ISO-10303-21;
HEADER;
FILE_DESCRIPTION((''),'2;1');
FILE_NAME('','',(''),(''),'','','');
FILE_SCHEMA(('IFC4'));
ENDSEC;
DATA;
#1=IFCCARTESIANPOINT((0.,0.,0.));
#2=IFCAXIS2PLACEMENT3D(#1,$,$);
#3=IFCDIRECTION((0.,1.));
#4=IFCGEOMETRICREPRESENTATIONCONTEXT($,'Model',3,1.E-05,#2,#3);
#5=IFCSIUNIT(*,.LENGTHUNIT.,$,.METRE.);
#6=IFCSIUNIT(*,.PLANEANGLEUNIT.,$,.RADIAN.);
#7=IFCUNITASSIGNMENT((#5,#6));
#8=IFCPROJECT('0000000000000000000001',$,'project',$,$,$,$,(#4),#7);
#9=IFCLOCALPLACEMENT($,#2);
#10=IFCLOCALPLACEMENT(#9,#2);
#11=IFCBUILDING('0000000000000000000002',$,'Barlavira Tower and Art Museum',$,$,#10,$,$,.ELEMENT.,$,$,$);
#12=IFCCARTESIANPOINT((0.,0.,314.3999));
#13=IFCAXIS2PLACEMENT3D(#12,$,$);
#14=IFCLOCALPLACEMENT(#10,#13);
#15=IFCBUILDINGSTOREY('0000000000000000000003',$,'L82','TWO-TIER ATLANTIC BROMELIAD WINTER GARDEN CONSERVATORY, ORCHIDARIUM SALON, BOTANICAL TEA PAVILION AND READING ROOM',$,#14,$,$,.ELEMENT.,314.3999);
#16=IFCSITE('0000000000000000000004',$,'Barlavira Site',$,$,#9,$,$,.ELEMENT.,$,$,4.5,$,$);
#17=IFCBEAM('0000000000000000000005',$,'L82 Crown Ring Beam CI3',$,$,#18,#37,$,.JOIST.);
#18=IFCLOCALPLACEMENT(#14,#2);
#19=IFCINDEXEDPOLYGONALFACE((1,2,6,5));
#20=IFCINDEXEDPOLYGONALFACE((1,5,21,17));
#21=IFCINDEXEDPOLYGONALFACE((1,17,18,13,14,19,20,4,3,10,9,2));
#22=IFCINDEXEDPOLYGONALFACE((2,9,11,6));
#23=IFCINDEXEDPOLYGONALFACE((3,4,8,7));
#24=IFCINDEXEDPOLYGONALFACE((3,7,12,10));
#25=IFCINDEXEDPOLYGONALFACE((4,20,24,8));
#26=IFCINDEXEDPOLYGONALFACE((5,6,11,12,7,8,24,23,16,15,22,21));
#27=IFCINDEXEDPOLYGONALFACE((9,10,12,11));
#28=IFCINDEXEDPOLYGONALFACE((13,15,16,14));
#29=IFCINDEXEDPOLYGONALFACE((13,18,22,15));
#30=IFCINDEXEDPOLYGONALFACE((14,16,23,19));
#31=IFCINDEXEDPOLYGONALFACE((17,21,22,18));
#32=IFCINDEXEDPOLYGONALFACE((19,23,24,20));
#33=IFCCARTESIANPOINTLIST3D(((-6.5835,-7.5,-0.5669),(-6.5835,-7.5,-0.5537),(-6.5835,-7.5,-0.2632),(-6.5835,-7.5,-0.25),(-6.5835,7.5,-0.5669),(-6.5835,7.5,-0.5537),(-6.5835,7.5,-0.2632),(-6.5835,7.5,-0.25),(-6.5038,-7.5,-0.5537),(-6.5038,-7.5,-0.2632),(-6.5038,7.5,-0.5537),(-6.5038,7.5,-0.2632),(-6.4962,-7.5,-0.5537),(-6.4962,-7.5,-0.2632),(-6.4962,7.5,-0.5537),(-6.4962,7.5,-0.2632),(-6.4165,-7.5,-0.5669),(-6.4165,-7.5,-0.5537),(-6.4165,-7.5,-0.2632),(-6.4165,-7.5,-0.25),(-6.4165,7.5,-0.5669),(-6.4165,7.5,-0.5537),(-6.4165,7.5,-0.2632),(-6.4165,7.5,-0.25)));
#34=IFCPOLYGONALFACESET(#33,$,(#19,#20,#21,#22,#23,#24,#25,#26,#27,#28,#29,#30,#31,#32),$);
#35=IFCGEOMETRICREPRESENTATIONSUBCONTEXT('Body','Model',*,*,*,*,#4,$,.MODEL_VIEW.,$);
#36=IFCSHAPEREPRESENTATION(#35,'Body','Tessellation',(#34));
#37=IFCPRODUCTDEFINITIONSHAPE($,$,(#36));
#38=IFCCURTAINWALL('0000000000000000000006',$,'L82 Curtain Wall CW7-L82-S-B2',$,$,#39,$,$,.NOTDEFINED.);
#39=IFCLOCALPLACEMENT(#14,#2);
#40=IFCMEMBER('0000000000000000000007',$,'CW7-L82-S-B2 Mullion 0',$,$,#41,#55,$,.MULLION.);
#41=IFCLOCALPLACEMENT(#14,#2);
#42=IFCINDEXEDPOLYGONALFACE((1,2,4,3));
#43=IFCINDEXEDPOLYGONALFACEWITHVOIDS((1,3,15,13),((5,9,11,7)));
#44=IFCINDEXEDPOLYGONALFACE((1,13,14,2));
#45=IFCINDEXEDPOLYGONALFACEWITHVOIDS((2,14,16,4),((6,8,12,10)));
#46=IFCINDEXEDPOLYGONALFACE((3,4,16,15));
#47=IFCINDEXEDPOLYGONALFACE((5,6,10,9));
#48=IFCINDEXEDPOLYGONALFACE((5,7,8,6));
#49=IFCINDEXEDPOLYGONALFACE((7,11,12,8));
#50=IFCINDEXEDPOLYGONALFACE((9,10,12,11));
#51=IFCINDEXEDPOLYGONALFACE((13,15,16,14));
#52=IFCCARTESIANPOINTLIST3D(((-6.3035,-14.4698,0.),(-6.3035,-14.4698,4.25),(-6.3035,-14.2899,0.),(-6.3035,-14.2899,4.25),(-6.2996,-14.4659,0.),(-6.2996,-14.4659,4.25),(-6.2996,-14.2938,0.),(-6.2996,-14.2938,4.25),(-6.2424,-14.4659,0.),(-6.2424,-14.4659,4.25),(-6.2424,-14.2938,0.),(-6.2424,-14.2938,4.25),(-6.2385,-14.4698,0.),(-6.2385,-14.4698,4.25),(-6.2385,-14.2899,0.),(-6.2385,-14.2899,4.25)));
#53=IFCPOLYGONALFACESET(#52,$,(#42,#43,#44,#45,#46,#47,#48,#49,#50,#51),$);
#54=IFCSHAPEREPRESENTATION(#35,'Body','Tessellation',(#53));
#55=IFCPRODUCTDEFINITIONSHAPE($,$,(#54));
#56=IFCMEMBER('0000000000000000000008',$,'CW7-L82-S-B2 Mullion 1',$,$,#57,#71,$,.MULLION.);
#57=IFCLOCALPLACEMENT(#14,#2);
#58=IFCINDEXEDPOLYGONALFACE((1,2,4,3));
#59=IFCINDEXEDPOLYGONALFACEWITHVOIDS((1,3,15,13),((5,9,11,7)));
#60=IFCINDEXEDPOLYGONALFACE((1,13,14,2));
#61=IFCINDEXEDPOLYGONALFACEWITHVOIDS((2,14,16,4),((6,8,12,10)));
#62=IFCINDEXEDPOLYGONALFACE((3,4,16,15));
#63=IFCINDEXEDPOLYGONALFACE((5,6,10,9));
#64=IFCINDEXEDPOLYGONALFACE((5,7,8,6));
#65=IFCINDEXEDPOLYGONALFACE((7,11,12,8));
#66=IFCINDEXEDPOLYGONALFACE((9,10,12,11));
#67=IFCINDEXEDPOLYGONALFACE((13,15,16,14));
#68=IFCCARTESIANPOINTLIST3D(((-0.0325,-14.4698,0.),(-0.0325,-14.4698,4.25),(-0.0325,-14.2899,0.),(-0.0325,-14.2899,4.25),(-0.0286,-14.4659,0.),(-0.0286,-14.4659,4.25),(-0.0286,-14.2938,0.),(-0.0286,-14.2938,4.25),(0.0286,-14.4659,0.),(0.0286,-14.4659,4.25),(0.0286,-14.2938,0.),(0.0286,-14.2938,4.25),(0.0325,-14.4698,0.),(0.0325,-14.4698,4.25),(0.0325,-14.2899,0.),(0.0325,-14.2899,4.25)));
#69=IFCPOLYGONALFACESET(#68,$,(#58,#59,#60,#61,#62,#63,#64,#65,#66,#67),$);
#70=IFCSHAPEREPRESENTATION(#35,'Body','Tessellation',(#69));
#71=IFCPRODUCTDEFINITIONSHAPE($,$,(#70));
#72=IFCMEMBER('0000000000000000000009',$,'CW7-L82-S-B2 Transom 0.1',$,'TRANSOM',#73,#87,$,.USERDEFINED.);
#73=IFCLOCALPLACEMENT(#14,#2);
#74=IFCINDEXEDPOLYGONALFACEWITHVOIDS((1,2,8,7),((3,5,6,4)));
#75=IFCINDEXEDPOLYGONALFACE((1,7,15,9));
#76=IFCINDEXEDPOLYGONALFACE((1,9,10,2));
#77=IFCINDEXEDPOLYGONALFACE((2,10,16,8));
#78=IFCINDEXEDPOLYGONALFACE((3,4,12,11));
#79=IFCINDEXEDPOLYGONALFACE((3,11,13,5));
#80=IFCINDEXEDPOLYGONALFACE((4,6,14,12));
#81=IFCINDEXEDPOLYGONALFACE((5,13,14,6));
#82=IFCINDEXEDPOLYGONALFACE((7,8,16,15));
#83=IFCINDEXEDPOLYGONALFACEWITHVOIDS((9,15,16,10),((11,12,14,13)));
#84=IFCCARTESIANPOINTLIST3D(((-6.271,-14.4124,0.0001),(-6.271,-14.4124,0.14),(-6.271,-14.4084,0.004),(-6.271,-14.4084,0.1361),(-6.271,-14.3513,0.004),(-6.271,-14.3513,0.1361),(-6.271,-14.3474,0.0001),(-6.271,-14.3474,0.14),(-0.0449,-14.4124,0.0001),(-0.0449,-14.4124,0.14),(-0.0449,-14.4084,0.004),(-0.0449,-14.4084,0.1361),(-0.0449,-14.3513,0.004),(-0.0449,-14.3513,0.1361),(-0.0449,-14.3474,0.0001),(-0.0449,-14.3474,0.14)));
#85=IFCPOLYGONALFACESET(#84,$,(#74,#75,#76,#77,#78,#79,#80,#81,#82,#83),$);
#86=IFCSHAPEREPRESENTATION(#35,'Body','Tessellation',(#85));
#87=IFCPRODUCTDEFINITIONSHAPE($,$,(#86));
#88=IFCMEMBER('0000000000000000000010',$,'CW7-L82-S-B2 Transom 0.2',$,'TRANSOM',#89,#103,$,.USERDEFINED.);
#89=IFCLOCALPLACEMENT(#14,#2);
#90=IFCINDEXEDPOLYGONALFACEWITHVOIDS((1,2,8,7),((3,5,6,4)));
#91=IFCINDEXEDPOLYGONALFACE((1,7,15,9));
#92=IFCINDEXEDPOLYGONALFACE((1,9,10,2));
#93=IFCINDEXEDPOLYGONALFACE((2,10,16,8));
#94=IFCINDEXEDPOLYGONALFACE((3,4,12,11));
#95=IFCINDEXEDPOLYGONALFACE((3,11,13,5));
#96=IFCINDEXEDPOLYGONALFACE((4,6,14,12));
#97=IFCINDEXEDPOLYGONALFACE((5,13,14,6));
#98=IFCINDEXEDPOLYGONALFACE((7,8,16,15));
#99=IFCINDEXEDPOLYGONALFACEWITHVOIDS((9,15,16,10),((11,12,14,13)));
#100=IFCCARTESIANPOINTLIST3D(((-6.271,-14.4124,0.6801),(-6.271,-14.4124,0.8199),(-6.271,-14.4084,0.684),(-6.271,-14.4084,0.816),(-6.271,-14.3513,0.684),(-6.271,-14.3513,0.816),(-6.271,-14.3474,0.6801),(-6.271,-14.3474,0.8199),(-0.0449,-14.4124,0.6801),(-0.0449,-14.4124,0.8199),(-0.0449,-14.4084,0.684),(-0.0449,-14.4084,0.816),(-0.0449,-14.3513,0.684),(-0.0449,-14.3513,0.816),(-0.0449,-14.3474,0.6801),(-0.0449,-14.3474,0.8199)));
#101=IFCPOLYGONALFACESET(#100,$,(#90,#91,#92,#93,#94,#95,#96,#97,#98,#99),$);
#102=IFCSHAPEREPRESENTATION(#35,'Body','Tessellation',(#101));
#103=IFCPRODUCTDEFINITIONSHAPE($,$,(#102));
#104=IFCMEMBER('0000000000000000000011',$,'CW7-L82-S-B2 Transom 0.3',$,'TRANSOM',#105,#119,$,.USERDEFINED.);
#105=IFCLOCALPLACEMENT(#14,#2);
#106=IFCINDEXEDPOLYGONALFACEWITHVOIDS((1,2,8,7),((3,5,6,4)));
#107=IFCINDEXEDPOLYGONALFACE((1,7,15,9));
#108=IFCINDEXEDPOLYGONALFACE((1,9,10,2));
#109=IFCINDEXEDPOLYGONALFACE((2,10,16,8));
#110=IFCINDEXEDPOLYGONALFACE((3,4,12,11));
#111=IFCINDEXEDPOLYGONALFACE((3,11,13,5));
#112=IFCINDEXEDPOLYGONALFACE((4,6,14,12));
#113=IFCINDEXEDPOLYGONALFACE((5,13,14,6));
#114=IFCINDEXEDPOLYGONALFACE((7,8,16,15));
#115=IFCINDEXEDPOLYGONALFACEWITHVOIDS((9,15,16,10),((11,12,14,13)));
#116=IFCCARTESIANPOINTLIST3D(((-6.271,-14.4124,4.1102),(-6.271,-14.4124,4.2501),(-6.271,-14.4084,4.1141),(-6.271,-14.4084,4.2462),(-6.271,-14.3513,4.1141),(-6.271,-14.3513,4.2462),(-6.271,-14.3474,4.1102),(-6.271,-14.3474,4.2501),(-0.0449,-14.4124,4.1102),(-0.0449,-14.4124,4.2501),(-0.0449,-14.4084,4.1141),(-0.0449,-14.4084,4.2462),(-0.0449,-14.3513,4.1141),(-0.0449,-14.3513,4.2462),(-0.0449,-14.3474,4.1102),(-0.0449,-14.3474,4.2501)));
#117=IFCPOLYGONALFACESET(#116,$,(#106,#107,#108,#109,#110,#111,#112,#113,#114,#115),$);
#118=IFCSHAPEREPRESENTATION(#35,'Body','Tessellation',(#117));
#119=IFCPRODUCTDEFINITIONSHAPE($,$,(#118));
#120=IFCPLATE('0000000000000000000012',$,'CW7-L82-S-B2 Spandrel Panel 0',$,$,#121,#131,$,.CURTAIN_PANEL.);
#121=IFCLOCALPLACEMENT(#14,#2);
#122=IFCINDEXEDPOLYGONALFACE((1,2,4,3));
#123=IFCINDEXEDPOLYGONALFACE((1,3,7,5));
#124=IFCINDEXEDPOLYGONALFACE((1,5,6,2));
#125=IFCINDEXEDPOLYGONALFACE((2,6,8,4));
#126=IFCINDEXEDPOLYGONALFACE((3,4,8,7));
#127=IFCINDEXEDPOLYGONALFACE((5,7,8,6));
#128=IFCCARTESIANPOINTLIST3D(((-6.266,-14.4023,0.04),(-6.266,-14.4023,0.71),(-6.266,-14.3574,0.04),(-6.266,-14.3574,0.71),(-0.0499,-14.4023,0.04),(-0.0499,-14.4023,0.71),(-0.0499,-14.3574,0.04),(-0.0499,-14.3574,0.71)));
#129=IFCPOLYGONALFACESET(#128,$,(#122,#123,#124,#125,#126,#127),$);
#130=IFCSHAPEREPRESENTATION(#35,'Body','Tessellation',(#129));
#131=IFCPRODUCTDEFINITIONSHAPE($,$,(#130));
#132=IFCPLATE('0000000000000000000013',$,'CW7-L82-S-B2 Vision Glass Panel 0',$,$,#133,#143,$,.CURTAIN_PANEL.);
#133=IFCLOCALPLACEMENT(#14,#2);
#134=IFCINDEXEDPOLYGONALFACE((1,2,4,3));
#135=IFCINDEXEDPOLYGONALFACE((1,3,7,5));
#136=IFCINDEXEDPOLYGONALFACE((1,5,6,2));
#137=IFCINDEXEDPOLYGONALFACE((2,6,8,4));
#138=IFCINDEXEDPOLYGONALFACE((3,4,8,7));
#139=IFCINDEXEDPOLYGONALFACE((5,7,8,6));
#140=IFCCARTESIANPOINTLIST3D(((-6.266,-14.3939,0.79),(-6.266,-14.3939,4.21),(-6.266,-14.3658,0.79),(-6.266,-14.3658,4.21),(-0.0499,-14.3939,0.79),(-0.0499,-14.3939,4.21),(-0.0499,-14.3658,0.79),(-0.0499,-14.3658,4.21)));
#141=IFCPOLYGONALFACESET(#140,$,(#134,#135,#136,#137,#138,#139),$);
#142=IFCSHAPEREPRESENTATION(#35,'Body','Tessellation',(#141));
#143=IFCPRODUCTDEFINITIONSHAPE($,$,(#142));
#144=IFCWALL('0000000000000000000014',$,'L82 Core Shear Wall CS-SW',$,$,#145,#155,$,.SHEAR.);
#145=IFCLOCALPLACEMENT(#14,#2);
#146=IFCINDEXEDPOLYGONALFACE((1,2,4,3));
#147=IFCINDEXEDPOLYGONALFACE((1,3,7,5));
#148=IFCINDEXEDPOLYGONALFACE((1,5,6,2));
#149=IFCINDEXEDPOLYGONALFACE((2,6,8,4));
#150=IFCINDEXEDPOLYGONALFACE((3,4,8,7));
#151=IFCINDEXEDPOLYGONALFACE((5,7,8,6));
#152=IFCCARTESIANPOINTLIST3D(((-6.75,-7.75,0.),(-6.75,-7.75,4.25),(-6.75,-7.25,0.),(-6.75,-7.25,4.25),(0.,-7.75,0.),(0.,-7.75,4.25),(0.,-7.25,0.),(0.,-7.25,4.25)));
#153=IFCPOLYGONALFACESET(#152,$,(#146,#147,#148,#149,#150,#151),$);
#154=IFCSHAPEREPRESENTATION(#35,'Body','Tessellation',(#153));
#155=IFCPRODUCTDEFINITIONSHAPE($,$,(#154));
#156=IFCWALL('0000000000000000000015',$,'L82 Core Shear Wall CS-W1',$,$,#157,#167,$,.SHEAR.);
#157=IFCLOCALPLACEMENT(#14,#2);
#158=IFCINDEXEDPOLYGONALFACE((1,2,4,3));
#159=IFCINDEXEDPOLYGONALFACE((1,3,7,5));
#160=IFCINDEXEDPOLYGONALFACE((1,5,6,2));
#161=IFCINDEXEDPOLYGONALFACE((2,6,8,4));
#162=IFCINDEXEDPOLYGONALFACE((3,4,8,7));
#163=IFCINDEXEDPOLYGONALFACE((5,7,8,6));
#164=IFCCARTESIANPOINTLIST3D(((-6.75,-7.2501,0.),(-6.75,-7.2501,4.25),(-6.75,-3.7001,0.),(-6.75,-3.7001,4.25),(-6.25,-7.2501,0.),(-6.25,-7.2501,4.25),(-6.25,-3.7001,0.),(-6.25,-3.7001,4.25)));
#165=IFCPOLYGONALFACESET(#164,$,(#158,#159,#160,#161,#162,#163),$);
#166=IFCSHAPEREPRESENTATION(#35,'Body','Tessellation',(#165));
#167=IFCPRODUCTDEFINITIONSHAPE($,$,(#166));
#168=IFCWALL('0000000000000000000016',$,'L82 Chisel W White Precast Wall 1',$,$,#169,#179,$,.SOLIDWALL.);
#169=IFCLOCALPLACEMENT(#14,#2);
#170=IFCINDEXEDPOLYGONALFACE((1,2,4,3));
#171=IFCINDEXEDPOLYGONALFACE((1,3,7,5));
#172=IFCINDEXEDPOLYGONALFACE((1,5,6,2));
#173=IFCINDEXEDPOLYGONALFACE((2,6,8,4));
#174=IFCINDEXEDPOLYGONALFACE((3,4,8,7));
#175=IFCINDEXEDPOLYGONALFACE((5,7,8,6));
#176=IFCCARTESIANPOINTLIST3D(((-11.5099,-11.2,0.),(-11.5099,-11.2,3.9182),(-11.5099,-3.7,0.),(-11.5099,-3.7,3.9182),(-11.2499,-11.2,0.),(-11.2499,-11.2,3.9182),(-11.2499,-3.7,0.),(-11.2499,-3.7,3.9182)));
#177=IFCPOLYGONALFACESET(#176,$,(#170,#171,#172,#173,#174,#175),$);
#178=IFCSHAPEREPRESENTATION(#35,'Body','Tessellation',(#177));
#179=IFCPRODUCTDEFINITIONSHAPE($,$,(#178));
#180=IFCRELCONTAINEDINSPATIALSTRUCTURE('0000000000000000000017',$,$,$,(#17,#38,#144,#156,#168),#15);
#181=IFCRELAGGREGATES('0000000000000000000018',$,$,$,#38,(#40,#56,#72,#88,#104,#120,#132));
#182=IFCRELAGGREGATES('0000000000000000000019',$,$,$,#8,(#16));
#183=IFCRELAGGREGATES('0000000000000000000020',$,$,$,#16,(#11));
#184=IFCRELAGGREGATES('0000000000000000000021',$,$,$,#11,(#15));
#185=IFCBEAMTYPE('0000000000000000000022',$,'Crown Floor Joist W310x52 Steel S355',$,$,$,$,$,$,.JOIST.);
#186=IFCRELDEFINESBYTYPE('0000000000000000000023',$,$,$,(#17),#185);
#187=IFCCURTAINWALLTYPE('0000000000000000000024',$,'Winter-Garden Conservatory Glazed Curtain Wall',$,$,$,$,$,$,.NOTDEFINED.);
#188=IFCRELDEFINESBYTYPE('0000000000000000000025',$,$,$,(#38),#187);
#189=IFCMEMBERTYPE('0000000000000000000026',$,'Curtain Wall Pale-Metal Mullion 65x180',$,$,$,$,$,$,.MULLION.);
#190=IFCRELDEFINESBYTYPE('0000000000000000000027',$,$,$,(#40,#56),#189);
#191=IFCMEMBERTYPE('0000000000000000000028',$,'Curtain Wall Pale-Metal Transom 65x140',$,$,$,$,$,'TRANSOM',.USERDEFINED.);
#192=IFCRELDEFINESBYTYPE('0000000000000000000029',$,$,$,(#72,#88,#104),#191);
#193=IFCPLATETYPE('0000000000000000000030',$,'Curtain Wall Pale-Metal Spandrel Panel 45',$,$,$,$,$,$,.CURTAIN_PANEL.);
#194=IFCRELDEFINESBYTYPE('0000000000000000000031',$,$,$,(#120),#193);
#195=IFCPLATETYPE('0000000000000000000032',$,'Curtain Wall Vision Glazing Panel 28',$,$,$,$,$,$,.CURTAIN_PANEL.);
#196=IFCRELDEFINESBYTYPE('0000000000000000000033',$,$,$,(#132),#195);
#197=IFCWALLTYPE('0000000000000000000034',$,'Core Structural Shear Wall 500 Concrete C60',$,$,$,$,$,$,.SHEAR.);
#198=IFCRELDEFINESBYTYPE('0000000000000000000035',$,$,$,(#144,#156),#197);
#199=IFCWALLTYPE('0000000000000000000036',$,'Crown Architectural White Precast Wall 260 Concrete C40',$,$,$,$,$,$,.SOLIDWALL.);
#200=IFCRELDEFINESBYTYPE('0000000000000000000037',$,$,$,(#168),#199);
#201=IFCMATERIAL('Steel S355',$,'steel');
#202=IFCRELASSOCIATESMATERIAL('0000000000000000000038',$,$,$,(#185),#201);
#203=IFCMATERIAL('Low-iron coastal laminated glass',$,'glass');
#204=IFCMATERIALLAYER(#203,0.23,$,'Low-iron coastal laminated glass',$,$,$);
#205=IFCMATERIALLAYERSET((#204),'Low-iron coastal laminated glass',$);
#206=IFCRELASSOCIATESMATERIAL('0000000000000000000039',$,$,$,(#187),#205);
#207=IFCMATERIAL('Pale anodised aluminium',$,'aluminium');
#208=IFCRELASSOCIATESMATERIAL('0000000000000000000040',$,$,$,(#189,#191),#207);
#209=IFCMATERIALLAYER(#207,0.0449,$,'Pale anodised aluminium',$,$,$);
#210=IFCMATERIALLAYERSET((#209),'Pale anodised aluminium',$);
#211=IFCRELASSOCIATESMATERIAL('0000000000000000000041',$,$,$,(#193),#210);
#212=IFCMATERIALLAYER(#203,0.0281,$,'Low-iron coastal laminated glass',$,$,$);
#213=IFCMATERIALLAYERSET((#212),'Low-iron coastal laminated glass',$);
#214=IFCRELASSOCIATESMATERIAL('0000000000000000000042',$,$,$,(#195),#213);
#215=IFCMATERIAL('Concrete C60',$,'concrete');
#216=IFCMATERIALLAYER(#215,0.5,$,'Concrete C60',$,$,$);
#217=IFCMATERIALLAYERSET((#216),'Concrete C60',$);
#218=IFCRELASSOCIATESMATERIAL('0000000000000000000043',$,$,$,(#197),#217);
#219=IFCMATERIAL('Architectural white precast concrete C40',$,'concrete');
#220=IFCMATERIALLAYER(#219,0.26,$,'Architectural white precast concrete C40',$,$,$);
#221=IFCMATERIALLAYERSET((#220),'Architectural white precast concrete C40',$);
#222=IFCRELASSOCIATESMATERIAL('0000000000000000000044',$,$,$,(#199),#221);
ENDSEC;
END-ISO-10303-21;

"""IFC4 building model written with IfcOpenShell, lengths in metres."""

from ifc_helpers import new_model, si_unit, direction, frame, frame_2d, origin, origin_2d, place, context, subcontext, project, spatial, rectangle, hollow_rectangle, i_section, extrude, material, layer, layer_set, material_profile, profile_set, type_object, element, aggregate, save


model = new_model("IFC4")

# Units and contexts
model_context = context("Model", 3, precision=1e-05, world=origin(), true_north=direction((0.0, 1.0)))
body_context = subcontext(model_context, "Body", "Model", "MODEL_VIEW")
ifc_project = project(units=[si_unit("LENGTHUNIT", "METRE"), si_unit("PLANEANGLEUNIT", "RADIAN")], contexts=[model_context])

# Site, building, storey
site_placement = place(None, origin())
site = spatial("IfcSite", under=ifc_project, at=site_placement, Name="Barlavira Site", CompositionType="ELEMENT", RefElevation=4.5)
building_placement = place(site_placement, origin())
building = spatial("IfcBuilding", under=site, at=building_placement, Name="Barlavira Tower and Art Museum", CompositionType="ELEMENT")
storey_placement = place(building_placement, frame((0.0, 0.0, 314.3999)))
storey = spatial("IfcBuildingStorey", under=building, at=storey_placement, Name="L82", Description="TWO-TIER ATLANTIC BROMELIAD WINTER GARDEN CONSERVATORY, ORCHIDARIUM SALON, BOTANICAL TEA PAVILION AND READING ROOM", CompositionType="ELEMENT", Elevation=314.3999)

# Shared definitions
ifc_material_1 = material(Name="Steel S355", Category="steel")

# Beam
ifc_material_profile_1 = material_profile(ifc_material_1, i_section(OverallWidth=0.167, OverallDepth=0.3169, WebThickness=0.0076, FlangeThickness=0.0132, at=origin_2d()), Name="W310x52.0")
ifc_profile_set_1 = profile_set([ifc_material_profile_1], Name="Steel S355")
beam_type = type_object("IfcBeamType", Name="Crown Floor Joist W310x52 Steel S355", PredefinedType="JOIST", material=ifc_profile_set_1)
beam_1_placement = place(storey_placement, frame((-6.5, -7.5, -0.4084), z_axis=(0.0, 1.0, 0.0), x_axis=(-1.0, 0.0, 0.0)))
element("IfcBeam", 1, at=beam_1_placement, inside=storey, type_object=beam_type, Name="L82 Crown Ring Beam CI3", PredefinedType="JOIST", context=body_context, shape_type="SweptSolid", body=[
    extrude(i_section(OverallWidth=0.167, OverallDepth=0.3169, WebThickness=0.0076, FlangeThickness=0.0132, at=origin_2d()), origin(), (0.0, 0.0, 1.0), 15.0),
])

# Curtain wall, members, plates
ifc_material_2 = material(Name="Low-iron coastal laminated glass", Category="glass")
ifc_layer_1 = layer(ifc_material_2, 0.23, Name="Low-iron coastal laminated glass")
ifc_layer_set_1 = layer_set([ifc_layer_1], Name="Low-iron coastal laminated glass")
curtain_wall_type = type_object("IfcCurtainWallType", Name="Winter-Garden Conservatory Glazed Curtain Wall", PredefinedType="NOTDEFINED", material=ifc_layer_set_1)
curtain_wall_placement = place(storey_placement, origin())
curtain_wall = element("IfcCurtainWall", 2, at=curtain_wall_placement, inside=storey, type_object=curtain_wall_type, Name="L82 Curtain Wall CW7-L82-S-B2", PredefinedType="NOTDEFINED")
ifc_material_3 = material(Name="Pale anodised aluminium", Category="aluminium")
ifc_material_profile_2 = material_profile(ifc_material_3, hollow_rectangle(XDim=0.0649, YDim=0.1799, WallThickness=0.0039, at=origin_2d()), Name="ALU-MULL 65x180x4")
ifc_profile_set_2 = profile_set([ifc_material_profile_2], Name="Pale anodised aluminium")
member_type_1 = type_object("IfcMemberType", Name="Curtain Wall Pale-Metal Mullion 65x180", PredefinedType="MULLION", material=ifc_profile_set_2)
member_1_placement = place(storey_placement, frame((-6.271, -14.3799, 0.0), z_axis=(0.0, 0.0, 1.0), x_axis=(1.0, 0.0, 0.0)))
member_1 = element("IfcMember", 3, at=member_1_placement, type_object=member_type_1, Name="CW7-L82-S-B2 Mullion 0", PredefinedType="MULLION", context=body_context, shape_type="SweptSolid", body=[
    extrude(hollow_rectangle(XDim=0.0649, YDim=0.1799, WallThickness=0.0039, at=origin_2d()), origin(), (0.0, 0.0, 1.0), 4.25),
])
member_2_placement = place(storey_placement, frame((0.0, -14.3799, 0.0), z_axis=(0.0, 0.0, 1.0), x_axis=(1.0, 0.0, 0.0)))
member_2 = element("IfcMember", 4, at=member_2_placement, type_object=member_type_1, Name="CW7-L82-S-B2 Mullion 1", PredefinedType="MULLION", context=body_context, shape_type="SweptSolid", body=[
    extrude(hollow_rectangle(XDim=0.0649, YDim=0.1799, WallThickness=0.0039, at=origin_2d()), origin(), (0.0, 0.0, 1.0), 4.25),
])
ifc_material_profile_3 = material_profile(ifc_material_3, hollow_rectangle(XDim=0.0649, YDim=0.1399, WallThickness=0.0039, at=origin_2d()), Name="ALU-TRAN 65x140x4")
ifc_profile_set_3 = profile_set([ifc_material_profile_3], Name="Pale anodised aluminium")
member_type_2 = type_object("IfcMemberType", Name="Curtain Wall Pale-Metal Transom 65x140", ElementType="TRANSOM", PredefinedType="USERDEFINED", material=ifc_profile_set_3)
member_3_placement = place(storey_placement, frame((-6.271, -14.3799, 0.0701), z_axis=(1.0, 0.0, 0.0), x_axis=(0.0, 1.0, 0.0)))
member_3 = element("IfcMember", 5, at=member_3_placement, type_object=member_type_2, Name="CW7-L82-S-B2 Transom 0.1", ObjectType="TRANSOM", PredefinedType="USERDEFINED", context=body_context, shape_type="SweptSolid", body=[
    extrude(hollow_rectangle(XDim=0.0649, YDim=0.1399, WallThickness=0.0039, at=origin_2d()), origin(), (0.0, 0.0, 1.0), 6.2261),
])
member_4_placement = place(storey_placement, frame((-6.271, -14.3799, 0.75), z_axis=(1.0, 0.0, 0.0), x_axis=(0.0, 1.0, 0.0)))
member_4 = element("IfcMember", 6, at=member_4_placement, type_object=member_type_2, Name="CW7-L82-S-B2 Transom 0.2", ObjectType="TRANSOM", PredefinedType="USERDEFINED", context=body_context, shape_type="SweptSolid", body=[
    extrude(hollow_rectangle(XDim=0.0649, YDim=0.1399, WallThickness=0.0039, at=origin_2d()), origin(), (0.0, 0.0, 1.0), 6.2261),
])
member_5_placement = place(storey_placement, frame((-6.271, -14.3799, 4.1802), z_axis=(1.0, 0.0, 0.0), x_axis=(0.0, 1.0, 0.0)))
member_5 = element("IfcMember", 7, at=member_5_placement, type_object=member_type_2, Name="CW7-L82-S-B2 Transom 0.3", ObjectType="TRANSOM", PredefinedType="USERDEFINED", context=body_context, shape_type="SweptSolid", body=[
    extrude(hollow_rectangle(XDim=0.0649, YDim=0.1399, WallThickness=0.0039, at=origin_2d()), origin(), (0.0, 0.0, 1.0), 6.2261),
])
ifc_layer_2 = layer(ifc_material_3, 0.0449, Name="Pale anodised aluminium")
ifc_layer_set_2 = layer_set([ifc_layer_2], Name="Pale anodised aluminium")
plate_type_1 = type_object("IfcPlateType", Name="Curtain Wall Pale-Metal Spandrel Panel 45", PredefinedType="CURTAIN_PANEL", material=ifc_layer_set_2)
plate_1_placement = place(storey_placement, frame((-3.158, -14.3799, 0.04), z_axis=(0.0, 0.0, 1.0), x_axis=(1.0, 0.0, 0.0)))
plate_1 = element("IfcPlate", 8, at=plate_1_placement, type_object=plate_type_1, Name="CW7-L82-S-B2 Spandrel Panel 0", PredefinedType="CURTAIN_PANEL", context=body_context, shape_type="SweptSolid", body=[
    extrude(rectangle(XDim=6.2161, YDim=0.0449, at=origin_2d()), origin(), (0.0, 0.0, 1.0), 0.6699),
])
ifc_layer_3 = layer(ifc_material_2, 0.0281, Name="Low-iron coastal laminated glass")
ifc_layer_set_3 = layer_set([ifc_layer_3], Name="Low-iron coastal laminated glass")
plate_type_2 = type_object("IfcPlateType", Name="Curtain Wall Vision Glazing Panel 28", PredefinedType="CURTAIN_PANEL", material=ifc_layer_set_3)
plate_2_placement = place(storey_placement, frame((-3.158, -14.3799, 0.79), z_axis=(0.0, 0.0, 1.0), x_axis=(1.0, 0.0, 0.0)))
plate_2 = element("IfcPlate", 9, at=plate_2_placement, type_object=plate_type_2, Name="CW7-L82-S-B2 Vision Glass Panel 0", PredefinedType="CURTAIN_PANEL", context=body_context, shape_type="SweptSolid", body=[
    extrude(rectangle(XDim=6.2161, YDim=0.0281, at=origin_2d()), origin(), (0.0, 0.0, 1.0), 3.4199),
])
aggregate(curtain_wall, [member_1, member_2, member_3, member_4, member_5, plate_1, plate_2])

# Walls
ifc_material_4 = material(Name="Concrete C60", Category="concrete")
ifc_layer_4 = layer(ifc_material_4, 0.5, Name="Concrete C60")
ifc_layer_set_4 = layer_set([ifc_layer_4], Name="Concrete C60")
wall_type_1 = type_object("IfcWallType", Name="Core Structural Shear Wall 500 Concrete C60", PredefinedType="SHEAR", material=ifc_layer_set_4)
wall_1_placement = place(storey_placement, frame((-6.75, -7.5, 0.0), z_axis=(0.0, 0.0, 1.0), x_axis=(1.0, 0.0, 0.0)))
element("IfcWall", 10, at=wall_1_placement, inside=storey, type_object=wall_type_1, Name="L82 Core Shear Wall CS-SW", PredefinedType="SHEAR", context=body_context, shape_type="SweptSolid", body=[
    extrude(rectangle(XDim=6.75, YDim=0.5, at=frame_2d((3.375, 0.0))), origin(), (0.0, 0.0, 1.0), 4.25),
])
wall_2_placement = place(storey_placement, frame((-6.5, -7.25, 0.0), z_axis=(0.0, 0.0, 1.0), x_axis=(0.0, 1.0, 0.0)))
element("IfcWall", 11, at=wall_2_placement, inside=storey, type_object=wall_type_1, Name="L82 Core Shear Wall CS-W1", PredefinedType="SHEAR", context=body_context, shape_type="SweptSolid", body=[
    extrude(rectangle(XDim=3.55, YDim=0.5, at=frame_2d((1.7749, 0.0))), origin(), (0.0, 0.0, 1.0), 4.25),
])
ifc_material_5 = material(Name="Architectural white precast concrete C40", Category="concrete")
ifc_layer_5 = layer(ifc_material_5, 0.26, Name="Architectural white precast concrete C40")
ifc_layer_set_5 = layer_set([ifc_layer_5], Name="Architectural white precast concrete C40")
wall_type_2 = type_object("IfcWallType", Name="Crown Architectural White Precast Wall 260 Concrete C40", PredefinedType="SOLIDWALL", material=ifc_layer_set_5)
wall_3_placement = place(storey_placement, frame((-11.3799, -3.7, 0.0), z_axis=(0.0, 0.0, 1.0), x_axis=(0.0, -1.0, 0.0)))
element("IfcWall", 12, at=wall_3_placement, inside=storey, type_object=wall_type_2, Name="L82 Chisel W White Precast Wall 1", PredefinedType="SOLIDWALL", context=body_context, shape_type="SweptSolid", body=[
    extrude(rectangle(XDim=7.5, YDim=0.26, at=frame_2d((3.75, 0.0))), origin(), (0.0, 0.0, 1.0), 3.9182),
])

save(model, "model.ifc")
